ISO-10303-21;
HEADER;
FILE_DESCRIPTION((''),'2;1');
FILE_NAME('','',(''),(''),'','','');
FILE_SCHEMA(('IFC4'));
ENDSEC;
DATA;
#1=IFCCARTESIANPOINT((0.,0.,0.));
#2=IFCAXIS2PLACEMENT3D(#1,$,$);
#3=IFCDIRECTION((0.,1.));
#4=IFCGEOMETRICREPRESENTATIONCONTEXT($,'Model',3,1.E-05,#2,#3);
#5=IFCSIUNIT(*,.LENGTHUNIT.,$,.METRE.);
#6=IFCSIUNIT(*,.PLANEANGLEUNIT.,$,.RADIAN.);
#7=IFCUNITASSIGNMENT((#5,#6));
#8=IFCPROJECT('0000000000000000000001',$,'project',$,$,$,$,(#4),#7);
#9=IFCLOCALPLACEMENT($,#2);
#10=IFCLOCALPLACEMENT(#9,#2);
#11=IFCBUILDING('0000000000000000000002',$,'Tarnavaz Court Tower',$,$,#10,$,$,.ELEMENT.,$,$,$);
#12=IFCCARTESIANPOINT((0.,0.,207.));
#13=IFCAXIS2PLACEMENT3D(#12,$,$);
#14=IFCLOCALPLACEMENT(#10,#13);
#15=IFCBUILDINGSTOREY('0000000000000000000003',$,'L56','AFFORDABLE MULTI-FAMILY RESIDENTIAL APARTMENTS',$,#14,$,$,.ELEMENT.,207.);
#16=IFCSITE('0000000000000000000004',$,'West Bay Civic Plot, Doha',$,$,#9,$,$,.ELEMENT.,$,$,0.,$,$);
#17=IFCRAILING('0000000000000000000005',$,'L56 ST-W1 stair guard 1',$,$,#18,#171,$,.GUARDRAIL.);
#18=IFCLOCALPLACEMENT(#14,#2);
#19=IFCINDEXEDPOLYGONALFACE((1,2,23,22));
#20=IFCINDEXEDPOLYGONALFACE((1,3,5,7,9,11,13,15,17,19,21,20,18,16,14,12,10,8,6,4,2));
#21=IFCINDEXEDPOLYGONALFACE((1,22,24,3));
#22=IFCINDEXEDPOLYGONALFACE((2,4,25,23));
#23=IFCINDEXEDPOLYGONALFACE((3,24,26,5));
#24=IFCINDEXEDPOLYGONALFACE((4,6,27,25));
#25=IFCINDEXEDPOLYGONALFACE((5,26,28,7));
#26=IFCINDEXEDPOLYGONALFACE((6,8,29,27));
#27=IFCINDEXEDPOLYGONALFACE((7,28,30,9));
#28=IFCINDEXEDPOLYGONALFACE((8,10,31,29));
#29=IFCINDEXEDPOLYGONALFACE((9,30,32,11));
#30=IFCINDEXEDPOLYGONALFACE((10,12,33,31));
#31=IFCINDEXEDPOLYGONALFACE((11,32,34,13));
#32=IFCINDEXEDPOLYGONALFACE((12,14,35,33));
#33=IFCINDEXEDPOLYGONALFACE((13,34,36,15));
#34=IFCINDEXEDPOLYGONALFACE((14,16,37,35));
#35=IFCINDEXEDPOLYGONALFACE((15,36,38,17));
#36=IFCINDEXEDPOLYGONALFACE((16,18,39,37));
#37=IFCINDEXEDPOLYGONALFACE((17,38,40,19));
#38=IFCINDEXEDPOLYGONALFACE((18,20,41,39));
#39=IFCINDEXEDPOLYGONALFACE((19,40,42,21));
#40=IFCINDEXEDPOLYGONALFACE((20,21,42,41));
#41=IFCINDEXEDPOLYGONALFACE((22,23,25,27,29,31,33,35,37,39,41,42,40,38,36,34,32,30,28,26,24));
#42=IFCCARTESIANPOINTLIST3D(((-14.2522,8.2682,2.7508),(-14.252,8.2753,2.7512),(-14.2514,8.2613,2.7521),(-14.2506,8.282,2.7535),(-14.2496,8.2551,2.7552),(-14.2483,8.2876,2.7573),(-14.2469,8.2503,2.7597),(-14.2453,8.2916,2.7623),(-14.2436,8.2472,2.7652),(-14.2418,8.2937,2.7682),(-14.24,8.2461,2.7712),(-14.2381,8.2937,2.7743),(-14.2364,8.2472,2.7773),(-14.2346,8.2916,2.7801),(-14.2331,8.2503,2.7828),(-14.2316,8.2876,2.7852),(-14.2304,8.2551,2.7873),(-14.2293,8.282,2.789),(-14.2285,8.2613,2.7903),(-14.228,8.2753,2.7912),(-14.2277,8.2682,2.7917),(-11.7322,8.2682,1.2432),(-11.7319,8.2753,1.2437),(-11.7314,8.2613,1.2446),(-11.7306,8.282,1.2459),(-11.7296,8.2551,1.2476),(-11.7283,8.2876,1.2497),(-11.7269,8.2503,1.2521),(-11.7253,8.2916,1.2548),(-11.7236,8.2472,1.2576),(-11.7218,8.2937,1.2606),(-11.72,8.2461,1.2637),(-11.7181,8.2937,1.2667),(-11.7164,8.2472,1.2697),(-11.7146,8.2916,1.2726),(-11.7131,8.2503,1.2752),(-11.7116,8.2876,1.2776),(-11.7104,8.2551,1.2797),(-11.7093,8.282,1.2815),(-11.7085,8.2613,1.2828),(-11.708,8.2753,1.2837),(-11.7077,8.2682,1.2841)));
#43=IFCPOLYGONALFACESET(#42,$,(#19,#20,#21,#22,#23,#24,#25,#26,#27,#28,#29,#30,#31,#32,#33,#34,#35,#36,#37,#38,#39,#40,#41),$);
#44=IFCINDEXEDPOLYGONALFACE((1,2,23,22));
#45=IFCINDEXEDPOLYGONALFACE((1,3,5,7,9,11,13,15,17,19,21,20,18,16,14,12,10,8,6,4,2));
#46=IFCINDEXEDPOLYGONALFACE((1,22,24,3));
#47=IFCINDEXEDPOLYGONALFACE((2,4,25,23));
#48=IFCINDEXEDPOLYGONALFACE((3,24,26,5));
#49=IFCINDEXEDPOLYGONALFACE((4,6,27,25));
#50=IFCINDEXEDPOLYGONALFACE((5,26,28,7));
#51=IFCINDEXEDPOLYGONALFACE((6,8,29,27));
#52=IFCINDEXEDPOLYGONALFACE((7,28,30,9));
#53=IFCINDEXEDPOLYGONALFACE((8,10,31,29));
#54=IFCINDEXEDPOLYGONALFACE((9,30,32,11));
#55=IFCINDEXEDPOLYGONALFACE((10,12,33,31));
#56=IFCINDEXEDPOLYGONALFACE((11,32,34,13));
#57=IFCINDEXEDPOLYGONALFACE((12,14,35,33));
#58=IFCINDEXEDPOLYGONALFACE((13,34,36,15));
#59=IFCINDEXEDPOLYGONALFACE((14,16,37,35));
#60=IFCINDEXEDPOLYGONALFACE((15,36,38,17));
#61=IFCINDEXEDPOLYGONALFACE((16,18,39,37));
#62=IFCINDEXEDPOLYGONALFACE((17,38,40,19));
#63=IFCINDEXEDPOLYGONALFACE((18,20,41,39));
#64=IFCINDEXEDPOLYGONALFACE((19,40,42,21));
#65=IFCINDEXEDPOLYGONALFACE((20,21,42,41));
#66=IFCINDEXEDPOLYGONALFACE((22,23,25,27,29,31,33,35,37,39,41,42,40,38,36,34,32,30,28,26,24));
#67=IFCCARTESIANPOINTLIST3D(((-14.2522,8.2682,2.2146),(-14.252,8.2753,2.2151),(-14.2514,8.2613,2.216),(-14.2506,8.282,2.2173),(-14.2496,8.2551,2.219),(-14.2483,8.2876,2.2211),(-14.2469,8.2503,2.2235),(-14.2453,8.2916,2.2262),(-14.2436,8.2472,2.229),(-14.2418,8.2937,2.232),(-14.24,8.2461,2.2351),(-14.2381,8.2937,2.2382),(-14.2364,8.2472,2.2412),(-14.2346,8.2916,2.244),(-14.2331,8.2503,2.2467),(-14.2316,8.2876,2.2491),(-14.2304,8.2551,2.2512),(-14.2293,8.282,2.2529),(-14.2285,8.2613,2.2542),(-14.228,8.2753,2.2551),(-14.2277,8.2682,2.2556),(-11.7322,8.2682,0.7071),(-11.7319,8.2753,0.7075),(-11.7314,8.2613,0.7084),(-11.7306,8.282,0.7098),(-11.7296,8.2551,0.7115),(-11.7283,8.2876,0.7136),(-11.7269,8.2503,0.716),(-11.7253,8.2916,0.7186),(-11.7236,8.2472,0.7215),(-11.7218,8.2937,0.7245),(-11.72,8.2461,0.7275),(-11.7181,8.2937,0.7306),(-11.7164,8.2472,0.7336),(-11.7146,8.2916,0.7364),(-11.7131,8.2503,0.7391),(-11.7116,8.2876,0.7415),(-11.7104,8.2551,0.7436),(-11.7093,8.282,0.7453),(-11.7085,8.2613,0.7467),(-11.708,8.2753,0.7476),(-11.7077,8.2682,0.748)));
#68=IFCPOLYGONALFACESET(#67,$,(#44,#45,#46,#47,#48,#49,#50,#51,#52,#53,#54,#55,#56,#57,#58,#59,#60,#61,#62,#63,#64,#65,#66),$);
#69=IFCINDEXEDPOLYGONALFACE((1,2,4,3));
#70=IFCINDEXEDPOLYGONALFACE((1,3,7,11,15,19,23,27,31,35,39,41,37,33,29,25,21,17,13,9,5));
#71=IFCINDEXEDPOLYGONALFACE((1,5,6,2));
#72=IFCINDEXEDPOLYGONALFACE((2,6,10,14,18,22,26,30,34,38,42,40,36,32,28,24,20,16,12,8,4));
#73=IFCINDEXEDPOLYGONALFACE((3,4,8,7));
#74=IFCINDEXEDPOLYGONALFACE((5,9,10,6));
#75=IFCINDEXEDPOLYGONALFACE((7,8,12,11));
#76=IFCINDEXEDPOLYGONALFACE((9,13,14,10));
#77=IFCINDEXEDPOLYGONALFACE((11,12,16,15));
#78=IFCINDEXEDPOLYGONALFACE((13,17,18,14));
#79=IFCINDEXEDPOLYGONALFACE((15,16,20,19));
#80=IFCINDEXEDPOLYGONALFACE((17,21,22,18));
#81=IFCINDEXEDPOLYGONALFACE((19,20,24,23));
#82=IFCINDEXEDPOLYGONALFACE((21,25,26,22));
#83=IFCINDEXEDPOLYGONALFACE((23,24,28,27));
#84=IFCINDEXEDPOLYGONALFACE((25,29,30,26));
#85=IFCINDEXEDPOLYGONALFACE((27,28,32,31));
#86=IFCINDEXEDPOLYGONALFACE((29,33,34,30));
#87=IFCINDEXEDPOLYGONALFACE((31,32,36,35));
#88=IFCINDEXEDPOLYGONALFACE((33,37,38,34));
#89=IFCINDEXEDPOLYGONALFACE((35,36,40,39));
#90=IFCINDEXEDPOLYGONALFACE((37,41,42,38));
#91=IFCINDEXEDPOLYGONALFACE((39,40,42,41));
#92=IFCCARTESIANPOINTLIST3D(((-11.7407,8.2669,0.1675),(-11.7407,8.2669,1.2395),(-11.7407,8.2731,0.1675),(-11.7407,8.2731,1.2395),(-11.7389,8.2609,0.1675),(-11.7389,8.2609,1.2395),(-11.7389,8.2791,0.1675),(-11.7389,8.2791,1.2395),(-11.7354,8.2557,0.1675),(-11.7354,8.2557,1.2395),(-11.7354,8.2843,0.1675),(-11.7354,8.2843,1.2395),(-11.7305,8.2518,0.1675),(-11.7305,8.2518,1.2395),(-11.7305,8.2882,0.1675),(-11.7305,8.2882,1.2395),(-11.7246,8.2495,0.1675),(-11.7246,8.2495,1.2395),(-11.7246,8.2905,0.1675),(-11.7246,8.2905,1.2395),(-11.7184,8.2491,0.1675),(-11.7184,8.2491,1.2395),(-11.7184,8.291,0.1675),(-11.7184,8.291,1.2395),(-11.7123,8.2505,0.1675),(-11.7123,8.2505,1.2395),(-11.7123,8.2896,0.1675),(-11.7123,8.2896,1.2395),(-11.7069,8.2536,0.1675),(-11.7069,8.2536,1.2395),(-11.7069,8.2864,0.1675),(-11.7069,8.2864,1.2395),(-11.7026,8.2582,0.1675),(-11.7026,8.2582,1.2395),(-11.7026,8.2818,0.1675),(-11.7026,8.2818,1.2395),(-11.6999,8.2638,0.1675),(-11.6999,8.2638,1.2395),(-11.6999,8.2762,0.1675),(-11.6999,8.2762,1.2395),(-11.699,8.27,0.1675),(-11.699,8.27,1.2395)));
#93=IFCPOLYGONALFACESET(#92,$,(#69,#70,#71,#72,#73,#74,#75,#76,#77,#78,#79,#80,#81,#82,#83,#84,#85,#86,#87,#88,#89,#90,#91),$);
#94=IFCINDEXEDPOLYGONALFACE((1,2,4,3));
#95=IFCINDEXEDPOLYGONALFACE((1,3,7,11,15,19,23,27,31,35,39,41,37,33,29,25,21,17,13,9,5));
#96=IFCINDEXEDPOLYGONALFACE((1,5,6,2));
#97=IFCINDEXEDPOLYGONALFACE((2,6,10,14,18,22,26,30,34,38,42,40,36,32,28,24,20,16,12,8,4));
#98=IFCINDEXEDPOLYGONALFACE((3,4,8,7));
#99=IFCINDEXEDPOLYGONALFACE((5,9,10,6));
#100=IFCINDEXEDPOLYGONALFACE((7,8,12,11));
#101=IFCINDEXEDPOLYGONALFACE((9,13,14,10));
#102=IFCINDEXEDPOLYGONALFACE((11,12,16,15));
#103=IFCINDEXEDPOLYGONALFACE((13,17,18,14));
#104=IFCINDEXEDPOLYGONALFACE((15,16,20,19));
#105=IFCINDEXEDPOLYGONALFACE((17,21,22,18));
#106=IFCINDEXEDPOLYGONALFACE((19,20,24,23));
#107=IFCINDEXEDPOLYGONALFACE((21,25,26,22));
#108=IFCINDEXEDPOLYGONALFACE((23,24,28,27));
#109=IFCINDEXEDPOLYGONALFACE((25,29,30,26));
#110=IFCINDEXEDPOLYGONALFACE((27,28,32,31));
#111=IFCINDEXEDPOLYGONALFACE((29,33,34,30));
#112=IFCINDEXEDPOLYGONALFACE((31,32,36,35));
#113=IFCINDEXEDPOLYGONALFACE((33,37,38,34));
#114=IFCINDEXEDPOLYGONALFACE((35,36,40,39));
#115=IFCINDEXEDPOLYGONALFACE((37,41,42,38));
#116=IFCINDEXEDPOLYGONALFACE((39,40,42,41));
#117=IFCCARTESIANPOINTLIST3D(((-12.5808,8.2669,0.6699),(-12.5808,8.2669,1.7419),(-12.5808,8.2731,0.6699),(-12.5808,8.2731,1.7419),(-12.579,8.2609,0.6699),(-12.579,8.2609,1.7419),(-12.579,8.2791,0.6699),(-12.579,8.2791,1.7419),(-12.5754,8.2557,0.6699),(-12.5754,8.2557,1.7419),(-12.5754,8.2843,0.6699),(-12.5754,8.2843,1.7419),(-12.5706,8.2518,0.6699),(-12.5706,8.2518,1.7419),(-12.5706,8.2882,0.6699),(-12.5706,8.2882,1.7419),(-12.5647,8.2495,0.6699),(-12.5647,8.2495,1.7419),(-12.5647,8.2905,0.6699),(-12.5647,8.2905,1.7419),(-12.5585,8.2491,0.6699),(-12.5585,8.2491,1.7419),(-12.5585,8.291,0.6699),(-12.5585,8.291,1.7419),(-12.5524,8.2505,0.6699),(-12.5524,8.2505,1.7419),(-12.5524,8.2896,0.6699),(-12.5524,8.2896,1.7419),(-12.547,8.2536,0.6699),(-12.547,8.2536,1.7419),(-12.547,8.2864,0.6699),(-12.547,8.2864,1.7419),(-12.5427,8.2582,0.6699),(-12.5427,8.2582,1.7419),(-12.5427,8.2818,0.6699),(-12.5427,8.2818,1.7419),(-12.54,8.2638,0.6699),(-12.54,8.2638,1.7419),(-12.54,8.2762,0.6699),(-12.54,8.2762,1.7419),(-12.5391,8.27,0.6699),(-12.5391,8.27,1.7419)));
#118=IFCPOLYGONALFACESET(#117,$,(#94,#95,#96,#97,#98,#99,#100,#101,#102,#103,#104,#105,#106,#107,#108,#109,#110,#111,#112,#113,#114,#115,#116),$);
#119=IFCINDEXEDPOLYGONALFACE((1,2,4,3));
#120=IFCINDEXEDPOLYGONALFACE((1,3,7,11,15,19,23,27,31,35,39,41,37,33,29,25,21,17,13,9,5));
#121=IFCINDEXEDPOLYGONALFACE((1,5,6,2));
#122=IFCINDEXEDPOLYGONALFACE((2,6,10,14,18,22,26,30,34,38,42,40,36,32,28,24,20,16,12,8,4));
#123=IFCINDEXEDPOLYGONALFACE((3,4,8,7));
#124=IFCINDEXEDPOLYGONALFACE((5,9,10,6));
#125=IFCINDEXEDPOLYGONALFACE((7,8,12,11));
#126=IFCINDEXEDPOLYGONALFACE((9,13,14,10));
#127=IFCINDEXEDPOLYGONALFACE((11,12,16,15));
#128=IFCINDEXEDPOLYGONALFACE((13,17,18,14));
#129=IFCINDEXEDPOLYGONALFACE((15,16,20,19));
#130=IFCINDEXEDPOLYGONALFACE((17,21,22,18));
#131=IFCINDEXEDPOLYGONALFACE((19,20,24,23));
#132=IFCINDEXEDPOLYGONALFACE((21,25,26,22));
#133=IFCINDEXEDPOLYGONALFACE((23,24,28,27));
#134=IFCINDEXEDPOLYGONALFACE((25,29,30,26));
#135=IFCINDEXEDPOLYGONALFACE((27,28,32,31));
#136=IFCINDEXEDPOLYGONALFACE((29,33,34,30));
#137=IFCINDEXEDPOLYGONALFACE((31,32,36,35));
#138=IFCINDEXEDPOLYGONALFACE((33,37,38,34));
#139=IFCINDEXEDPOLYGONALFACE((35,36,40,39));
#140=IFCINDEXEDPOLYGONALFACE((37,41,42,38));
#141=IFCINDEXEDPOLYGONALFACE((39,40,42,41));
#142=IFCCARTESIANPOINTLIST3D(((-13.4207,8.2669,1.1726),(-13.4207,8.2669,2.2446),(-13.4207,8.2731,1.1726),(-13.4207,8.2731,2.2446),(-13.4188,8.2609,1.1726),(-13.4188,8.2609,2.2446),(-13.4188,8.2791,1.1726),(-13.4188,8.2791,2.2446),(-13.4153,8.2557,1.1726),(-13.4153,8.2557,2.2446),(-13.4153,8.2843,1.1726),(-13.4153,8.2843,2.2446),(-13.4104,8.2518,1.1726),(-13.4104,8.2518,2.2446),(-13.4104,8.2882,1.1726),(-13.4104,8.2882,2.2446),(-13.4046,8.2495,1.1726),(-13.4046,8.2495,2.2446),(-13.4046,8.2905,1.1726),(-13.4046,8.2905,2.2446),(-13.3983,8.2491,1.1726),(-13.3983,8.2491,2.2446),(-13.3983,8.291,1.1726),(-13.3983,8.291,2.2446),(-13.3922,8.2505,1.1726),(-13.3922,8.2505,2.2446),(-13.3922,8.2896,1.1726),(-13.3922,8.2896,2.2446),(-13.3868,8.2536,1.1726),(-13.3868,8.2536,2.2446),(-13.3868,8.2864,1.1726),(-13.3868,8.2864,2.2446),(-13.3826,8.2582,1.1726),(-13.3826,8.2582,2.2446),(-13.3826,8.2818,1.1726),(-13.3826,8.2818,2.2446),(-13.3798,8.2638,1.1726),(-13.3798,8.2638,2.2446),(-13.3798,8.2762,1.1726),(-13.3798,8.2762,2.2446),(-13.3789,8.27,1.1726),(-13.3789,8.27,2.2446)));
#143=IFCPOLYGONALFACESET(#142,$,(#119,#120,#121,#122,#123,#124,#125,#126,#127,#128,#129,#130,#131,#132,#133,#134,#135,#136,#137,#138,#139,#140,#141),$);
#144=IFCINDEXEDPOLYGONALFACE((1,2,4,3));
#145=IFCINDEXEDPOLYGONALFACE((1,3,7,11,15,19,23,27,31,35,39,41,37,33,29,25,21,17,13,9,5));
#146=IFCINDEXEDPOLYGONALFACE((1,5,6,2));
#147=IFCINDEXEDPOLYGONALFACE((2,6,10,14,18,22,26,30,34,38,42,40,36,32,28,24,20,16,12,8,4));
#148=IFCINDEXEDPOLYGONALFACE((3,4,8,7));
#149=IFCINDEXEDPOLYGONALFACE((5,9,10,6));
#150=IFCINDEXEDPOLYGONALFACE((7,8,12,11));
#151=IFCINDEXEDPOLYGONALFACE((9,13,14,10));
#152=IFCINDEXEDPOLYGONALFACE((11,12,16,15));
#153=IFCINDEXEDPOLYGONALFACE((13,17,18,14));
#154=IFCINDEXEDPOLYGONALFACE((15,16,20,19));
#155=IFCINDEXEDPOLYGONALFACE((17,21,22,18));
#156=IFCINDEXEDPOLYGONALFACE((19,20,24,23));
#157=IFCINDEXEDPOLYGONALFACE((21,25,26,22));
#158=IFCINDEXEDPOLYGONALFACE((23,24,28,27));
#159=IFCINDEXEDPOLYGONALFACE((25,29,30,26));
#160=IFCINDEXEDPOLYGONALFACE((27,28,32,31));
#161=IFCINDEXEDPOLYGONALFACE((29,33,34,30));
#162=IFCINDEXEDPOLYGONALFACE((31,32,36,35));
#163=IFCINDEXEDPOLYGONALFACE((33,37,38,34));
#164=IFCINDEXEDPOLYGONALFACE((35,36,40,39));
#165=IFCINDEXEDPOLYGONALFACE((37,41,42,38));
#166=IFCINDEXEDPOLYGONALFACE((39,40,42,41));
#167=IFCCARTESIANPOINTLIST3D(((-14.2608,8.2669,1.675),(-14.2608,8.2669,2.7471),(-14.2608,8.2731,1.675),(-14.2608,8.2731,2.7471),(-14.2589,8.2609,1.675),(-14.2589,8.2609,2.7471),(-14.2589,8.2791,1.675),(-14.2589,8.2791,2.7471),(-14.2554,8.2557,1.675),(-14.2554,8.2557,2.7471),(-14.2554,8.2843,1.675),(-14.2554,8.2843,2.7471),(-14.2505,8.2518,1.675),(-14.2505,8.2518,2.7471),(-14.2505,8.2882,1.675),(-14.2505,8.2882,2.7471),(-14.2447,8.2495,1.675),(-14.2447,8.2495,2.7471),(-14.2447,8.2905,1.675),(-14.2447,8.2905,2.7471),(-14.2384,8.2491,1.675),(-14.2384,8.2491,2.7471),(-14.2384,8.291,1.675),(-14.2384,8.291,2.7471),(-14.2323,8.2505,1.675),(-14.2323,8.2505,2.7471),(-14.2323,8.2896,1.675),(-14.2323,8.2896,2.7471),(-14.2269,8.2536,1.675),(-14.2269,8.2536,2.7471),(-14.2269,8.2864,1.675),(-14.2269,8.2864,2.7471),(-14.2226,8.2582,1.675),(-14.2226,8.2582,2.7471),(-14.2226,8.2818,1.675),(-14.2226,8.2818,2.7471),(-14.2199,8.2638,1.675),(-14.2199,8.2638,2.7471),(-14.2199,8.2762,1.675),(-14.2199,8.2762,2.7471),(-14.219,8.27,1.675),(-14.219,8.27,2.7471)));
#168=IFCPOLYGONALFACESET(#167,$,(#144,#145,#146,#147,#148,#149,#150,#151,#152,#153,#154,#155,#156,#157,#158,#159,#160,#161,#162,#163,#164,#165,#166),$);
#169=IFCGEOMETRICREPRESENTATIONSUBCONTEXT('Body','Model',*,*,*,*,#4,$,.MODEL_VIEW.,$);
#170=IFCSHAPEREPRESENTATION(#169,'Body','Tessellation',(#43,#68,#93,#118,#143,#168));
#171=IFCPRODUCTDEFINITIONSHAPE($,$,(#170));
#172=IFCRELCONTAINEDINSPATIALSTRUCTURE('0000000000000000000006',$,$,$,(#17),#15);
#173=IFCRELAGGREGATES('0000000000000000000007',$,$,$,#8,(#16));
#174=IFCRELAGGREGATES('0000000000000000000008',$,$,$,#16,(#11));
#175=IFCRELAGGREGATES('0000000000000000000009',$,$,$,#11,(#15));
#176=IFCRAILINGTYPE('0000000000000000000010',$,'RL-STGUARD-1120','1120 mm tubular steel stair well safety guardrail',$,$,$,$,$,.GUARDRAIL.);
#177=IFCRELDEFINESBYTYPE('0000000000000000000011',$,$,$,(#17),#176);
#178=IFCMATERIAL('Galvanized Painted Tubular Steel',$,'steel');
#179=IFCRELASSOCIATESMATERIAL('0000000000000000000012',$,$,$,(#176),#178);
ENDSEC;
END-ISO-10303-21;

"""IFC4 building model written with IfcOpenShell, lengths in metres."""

from ifc_helpers import new_model, si_unit, direction, frame, origin, origin_2d, place, context, subcontext, project, spatial, circle, extrude, material, type_object, element, save


model = new_model("IFC4")

# Units and contexts
model_context = context("Model", 3, precision=1e-05, world=origin(), true_north=direction((0.0, 1.0)))
body_context = subcontext(model_context, "Body", "Model", "MODEL_VIEW")
ifc_project = project(units=[si_unit("LENGTHUNIT", "METRE"), si_unit("PLANEANGLEUNIT", "RADIAN")], contexts=[model_context])

# Site, building, storey
site_placement = place(None, origin())
site = spatial("IfcSite", under=ifc_project, at=site_placement, Name="West Bay Civic Plot, Doha", CompositionType="ELEMENT", RefElevation=0.0)
building_placement = place(site_placement, origin())
building = spatial("IfcBuilding", under=site, at=building_placement, Name="Tarnavaz Court Tower", CompositionType="ELEMENT")
storey_placement = place(building_placement, frame((0.0, 0.0, 207.0)))
storey = spatial("IfcBuildingStorey", under=building, at=storey_placement, Name="L56", Description="AFFORDABLE MULTI-FAMILY RESIDENTIAL APARTMENTS", CompositionType="ELEMENT", Elevation=207.0)

# Railing
ifc_material_1 = material(Name="Galvanized Painted Tubular Steel", Category="steel")
railing_type_1 = type_object("IfcRailingType", Name="RL-STGUARD-1120", Description="1120 mm tubular steel stair well safety guardrail", PredefinedType="GUARDRAIL", material=ifc_material_1)
railing_1_placement = place(storey_placement, frame((-11.72, 8.27, 0.1675)))
element("IfcRailing", 1, at=railing_1_placement, inside=storey, type_object=railing_type_1, Name="L56 ST-W1 stair guard 1", PredefinedType="GUARDRAIL", context=body_context, shape_type="SweptSolid", body=[
    extrude(circle(Radius=0.0239, at=origin_2d()), frame((0.0, 0.0, 1.0962), z_axis=(-0.85816, 0.0, 0.513383), x_axis=(0.0, -1.0, 0.0)), (0.0, 0.0, 1.0), 2.9365),
    extrude(circle(Radius=0.0239, at=origin_2d()), frame((0.0, 0.0, 0.5601), z_axis=(-0.85816, 0.0, 0.513383), x_axis=(0.0, -1.0, 0.0)), (0.0, 0.0, 1.0), 2.9365),
    extrude(circle(Radius=0.021, at=origin_2d()), origin(), (0.0, 0.0, 1.0), 1.072),
    extrude(circle(Radius=0.021, at=origin_2d()), frame((-0.8401, 0.0, 0.5024)), (0.0, 0.0, 1.0), 1.072),
    extrude(circle(Radius=0.021, at=origin_2d()), frame((-1.6799, 0.0, 1.0051)), (0.0, 0.0, 1.0), 1.072),
    extrude(circle(Radius=0.021, at=origin_2d()), frame((-2.52, 0.0, 1.5076)), (0.0, 0.0, 1.0), 1.072),
])

save(model, "model.ifc")
